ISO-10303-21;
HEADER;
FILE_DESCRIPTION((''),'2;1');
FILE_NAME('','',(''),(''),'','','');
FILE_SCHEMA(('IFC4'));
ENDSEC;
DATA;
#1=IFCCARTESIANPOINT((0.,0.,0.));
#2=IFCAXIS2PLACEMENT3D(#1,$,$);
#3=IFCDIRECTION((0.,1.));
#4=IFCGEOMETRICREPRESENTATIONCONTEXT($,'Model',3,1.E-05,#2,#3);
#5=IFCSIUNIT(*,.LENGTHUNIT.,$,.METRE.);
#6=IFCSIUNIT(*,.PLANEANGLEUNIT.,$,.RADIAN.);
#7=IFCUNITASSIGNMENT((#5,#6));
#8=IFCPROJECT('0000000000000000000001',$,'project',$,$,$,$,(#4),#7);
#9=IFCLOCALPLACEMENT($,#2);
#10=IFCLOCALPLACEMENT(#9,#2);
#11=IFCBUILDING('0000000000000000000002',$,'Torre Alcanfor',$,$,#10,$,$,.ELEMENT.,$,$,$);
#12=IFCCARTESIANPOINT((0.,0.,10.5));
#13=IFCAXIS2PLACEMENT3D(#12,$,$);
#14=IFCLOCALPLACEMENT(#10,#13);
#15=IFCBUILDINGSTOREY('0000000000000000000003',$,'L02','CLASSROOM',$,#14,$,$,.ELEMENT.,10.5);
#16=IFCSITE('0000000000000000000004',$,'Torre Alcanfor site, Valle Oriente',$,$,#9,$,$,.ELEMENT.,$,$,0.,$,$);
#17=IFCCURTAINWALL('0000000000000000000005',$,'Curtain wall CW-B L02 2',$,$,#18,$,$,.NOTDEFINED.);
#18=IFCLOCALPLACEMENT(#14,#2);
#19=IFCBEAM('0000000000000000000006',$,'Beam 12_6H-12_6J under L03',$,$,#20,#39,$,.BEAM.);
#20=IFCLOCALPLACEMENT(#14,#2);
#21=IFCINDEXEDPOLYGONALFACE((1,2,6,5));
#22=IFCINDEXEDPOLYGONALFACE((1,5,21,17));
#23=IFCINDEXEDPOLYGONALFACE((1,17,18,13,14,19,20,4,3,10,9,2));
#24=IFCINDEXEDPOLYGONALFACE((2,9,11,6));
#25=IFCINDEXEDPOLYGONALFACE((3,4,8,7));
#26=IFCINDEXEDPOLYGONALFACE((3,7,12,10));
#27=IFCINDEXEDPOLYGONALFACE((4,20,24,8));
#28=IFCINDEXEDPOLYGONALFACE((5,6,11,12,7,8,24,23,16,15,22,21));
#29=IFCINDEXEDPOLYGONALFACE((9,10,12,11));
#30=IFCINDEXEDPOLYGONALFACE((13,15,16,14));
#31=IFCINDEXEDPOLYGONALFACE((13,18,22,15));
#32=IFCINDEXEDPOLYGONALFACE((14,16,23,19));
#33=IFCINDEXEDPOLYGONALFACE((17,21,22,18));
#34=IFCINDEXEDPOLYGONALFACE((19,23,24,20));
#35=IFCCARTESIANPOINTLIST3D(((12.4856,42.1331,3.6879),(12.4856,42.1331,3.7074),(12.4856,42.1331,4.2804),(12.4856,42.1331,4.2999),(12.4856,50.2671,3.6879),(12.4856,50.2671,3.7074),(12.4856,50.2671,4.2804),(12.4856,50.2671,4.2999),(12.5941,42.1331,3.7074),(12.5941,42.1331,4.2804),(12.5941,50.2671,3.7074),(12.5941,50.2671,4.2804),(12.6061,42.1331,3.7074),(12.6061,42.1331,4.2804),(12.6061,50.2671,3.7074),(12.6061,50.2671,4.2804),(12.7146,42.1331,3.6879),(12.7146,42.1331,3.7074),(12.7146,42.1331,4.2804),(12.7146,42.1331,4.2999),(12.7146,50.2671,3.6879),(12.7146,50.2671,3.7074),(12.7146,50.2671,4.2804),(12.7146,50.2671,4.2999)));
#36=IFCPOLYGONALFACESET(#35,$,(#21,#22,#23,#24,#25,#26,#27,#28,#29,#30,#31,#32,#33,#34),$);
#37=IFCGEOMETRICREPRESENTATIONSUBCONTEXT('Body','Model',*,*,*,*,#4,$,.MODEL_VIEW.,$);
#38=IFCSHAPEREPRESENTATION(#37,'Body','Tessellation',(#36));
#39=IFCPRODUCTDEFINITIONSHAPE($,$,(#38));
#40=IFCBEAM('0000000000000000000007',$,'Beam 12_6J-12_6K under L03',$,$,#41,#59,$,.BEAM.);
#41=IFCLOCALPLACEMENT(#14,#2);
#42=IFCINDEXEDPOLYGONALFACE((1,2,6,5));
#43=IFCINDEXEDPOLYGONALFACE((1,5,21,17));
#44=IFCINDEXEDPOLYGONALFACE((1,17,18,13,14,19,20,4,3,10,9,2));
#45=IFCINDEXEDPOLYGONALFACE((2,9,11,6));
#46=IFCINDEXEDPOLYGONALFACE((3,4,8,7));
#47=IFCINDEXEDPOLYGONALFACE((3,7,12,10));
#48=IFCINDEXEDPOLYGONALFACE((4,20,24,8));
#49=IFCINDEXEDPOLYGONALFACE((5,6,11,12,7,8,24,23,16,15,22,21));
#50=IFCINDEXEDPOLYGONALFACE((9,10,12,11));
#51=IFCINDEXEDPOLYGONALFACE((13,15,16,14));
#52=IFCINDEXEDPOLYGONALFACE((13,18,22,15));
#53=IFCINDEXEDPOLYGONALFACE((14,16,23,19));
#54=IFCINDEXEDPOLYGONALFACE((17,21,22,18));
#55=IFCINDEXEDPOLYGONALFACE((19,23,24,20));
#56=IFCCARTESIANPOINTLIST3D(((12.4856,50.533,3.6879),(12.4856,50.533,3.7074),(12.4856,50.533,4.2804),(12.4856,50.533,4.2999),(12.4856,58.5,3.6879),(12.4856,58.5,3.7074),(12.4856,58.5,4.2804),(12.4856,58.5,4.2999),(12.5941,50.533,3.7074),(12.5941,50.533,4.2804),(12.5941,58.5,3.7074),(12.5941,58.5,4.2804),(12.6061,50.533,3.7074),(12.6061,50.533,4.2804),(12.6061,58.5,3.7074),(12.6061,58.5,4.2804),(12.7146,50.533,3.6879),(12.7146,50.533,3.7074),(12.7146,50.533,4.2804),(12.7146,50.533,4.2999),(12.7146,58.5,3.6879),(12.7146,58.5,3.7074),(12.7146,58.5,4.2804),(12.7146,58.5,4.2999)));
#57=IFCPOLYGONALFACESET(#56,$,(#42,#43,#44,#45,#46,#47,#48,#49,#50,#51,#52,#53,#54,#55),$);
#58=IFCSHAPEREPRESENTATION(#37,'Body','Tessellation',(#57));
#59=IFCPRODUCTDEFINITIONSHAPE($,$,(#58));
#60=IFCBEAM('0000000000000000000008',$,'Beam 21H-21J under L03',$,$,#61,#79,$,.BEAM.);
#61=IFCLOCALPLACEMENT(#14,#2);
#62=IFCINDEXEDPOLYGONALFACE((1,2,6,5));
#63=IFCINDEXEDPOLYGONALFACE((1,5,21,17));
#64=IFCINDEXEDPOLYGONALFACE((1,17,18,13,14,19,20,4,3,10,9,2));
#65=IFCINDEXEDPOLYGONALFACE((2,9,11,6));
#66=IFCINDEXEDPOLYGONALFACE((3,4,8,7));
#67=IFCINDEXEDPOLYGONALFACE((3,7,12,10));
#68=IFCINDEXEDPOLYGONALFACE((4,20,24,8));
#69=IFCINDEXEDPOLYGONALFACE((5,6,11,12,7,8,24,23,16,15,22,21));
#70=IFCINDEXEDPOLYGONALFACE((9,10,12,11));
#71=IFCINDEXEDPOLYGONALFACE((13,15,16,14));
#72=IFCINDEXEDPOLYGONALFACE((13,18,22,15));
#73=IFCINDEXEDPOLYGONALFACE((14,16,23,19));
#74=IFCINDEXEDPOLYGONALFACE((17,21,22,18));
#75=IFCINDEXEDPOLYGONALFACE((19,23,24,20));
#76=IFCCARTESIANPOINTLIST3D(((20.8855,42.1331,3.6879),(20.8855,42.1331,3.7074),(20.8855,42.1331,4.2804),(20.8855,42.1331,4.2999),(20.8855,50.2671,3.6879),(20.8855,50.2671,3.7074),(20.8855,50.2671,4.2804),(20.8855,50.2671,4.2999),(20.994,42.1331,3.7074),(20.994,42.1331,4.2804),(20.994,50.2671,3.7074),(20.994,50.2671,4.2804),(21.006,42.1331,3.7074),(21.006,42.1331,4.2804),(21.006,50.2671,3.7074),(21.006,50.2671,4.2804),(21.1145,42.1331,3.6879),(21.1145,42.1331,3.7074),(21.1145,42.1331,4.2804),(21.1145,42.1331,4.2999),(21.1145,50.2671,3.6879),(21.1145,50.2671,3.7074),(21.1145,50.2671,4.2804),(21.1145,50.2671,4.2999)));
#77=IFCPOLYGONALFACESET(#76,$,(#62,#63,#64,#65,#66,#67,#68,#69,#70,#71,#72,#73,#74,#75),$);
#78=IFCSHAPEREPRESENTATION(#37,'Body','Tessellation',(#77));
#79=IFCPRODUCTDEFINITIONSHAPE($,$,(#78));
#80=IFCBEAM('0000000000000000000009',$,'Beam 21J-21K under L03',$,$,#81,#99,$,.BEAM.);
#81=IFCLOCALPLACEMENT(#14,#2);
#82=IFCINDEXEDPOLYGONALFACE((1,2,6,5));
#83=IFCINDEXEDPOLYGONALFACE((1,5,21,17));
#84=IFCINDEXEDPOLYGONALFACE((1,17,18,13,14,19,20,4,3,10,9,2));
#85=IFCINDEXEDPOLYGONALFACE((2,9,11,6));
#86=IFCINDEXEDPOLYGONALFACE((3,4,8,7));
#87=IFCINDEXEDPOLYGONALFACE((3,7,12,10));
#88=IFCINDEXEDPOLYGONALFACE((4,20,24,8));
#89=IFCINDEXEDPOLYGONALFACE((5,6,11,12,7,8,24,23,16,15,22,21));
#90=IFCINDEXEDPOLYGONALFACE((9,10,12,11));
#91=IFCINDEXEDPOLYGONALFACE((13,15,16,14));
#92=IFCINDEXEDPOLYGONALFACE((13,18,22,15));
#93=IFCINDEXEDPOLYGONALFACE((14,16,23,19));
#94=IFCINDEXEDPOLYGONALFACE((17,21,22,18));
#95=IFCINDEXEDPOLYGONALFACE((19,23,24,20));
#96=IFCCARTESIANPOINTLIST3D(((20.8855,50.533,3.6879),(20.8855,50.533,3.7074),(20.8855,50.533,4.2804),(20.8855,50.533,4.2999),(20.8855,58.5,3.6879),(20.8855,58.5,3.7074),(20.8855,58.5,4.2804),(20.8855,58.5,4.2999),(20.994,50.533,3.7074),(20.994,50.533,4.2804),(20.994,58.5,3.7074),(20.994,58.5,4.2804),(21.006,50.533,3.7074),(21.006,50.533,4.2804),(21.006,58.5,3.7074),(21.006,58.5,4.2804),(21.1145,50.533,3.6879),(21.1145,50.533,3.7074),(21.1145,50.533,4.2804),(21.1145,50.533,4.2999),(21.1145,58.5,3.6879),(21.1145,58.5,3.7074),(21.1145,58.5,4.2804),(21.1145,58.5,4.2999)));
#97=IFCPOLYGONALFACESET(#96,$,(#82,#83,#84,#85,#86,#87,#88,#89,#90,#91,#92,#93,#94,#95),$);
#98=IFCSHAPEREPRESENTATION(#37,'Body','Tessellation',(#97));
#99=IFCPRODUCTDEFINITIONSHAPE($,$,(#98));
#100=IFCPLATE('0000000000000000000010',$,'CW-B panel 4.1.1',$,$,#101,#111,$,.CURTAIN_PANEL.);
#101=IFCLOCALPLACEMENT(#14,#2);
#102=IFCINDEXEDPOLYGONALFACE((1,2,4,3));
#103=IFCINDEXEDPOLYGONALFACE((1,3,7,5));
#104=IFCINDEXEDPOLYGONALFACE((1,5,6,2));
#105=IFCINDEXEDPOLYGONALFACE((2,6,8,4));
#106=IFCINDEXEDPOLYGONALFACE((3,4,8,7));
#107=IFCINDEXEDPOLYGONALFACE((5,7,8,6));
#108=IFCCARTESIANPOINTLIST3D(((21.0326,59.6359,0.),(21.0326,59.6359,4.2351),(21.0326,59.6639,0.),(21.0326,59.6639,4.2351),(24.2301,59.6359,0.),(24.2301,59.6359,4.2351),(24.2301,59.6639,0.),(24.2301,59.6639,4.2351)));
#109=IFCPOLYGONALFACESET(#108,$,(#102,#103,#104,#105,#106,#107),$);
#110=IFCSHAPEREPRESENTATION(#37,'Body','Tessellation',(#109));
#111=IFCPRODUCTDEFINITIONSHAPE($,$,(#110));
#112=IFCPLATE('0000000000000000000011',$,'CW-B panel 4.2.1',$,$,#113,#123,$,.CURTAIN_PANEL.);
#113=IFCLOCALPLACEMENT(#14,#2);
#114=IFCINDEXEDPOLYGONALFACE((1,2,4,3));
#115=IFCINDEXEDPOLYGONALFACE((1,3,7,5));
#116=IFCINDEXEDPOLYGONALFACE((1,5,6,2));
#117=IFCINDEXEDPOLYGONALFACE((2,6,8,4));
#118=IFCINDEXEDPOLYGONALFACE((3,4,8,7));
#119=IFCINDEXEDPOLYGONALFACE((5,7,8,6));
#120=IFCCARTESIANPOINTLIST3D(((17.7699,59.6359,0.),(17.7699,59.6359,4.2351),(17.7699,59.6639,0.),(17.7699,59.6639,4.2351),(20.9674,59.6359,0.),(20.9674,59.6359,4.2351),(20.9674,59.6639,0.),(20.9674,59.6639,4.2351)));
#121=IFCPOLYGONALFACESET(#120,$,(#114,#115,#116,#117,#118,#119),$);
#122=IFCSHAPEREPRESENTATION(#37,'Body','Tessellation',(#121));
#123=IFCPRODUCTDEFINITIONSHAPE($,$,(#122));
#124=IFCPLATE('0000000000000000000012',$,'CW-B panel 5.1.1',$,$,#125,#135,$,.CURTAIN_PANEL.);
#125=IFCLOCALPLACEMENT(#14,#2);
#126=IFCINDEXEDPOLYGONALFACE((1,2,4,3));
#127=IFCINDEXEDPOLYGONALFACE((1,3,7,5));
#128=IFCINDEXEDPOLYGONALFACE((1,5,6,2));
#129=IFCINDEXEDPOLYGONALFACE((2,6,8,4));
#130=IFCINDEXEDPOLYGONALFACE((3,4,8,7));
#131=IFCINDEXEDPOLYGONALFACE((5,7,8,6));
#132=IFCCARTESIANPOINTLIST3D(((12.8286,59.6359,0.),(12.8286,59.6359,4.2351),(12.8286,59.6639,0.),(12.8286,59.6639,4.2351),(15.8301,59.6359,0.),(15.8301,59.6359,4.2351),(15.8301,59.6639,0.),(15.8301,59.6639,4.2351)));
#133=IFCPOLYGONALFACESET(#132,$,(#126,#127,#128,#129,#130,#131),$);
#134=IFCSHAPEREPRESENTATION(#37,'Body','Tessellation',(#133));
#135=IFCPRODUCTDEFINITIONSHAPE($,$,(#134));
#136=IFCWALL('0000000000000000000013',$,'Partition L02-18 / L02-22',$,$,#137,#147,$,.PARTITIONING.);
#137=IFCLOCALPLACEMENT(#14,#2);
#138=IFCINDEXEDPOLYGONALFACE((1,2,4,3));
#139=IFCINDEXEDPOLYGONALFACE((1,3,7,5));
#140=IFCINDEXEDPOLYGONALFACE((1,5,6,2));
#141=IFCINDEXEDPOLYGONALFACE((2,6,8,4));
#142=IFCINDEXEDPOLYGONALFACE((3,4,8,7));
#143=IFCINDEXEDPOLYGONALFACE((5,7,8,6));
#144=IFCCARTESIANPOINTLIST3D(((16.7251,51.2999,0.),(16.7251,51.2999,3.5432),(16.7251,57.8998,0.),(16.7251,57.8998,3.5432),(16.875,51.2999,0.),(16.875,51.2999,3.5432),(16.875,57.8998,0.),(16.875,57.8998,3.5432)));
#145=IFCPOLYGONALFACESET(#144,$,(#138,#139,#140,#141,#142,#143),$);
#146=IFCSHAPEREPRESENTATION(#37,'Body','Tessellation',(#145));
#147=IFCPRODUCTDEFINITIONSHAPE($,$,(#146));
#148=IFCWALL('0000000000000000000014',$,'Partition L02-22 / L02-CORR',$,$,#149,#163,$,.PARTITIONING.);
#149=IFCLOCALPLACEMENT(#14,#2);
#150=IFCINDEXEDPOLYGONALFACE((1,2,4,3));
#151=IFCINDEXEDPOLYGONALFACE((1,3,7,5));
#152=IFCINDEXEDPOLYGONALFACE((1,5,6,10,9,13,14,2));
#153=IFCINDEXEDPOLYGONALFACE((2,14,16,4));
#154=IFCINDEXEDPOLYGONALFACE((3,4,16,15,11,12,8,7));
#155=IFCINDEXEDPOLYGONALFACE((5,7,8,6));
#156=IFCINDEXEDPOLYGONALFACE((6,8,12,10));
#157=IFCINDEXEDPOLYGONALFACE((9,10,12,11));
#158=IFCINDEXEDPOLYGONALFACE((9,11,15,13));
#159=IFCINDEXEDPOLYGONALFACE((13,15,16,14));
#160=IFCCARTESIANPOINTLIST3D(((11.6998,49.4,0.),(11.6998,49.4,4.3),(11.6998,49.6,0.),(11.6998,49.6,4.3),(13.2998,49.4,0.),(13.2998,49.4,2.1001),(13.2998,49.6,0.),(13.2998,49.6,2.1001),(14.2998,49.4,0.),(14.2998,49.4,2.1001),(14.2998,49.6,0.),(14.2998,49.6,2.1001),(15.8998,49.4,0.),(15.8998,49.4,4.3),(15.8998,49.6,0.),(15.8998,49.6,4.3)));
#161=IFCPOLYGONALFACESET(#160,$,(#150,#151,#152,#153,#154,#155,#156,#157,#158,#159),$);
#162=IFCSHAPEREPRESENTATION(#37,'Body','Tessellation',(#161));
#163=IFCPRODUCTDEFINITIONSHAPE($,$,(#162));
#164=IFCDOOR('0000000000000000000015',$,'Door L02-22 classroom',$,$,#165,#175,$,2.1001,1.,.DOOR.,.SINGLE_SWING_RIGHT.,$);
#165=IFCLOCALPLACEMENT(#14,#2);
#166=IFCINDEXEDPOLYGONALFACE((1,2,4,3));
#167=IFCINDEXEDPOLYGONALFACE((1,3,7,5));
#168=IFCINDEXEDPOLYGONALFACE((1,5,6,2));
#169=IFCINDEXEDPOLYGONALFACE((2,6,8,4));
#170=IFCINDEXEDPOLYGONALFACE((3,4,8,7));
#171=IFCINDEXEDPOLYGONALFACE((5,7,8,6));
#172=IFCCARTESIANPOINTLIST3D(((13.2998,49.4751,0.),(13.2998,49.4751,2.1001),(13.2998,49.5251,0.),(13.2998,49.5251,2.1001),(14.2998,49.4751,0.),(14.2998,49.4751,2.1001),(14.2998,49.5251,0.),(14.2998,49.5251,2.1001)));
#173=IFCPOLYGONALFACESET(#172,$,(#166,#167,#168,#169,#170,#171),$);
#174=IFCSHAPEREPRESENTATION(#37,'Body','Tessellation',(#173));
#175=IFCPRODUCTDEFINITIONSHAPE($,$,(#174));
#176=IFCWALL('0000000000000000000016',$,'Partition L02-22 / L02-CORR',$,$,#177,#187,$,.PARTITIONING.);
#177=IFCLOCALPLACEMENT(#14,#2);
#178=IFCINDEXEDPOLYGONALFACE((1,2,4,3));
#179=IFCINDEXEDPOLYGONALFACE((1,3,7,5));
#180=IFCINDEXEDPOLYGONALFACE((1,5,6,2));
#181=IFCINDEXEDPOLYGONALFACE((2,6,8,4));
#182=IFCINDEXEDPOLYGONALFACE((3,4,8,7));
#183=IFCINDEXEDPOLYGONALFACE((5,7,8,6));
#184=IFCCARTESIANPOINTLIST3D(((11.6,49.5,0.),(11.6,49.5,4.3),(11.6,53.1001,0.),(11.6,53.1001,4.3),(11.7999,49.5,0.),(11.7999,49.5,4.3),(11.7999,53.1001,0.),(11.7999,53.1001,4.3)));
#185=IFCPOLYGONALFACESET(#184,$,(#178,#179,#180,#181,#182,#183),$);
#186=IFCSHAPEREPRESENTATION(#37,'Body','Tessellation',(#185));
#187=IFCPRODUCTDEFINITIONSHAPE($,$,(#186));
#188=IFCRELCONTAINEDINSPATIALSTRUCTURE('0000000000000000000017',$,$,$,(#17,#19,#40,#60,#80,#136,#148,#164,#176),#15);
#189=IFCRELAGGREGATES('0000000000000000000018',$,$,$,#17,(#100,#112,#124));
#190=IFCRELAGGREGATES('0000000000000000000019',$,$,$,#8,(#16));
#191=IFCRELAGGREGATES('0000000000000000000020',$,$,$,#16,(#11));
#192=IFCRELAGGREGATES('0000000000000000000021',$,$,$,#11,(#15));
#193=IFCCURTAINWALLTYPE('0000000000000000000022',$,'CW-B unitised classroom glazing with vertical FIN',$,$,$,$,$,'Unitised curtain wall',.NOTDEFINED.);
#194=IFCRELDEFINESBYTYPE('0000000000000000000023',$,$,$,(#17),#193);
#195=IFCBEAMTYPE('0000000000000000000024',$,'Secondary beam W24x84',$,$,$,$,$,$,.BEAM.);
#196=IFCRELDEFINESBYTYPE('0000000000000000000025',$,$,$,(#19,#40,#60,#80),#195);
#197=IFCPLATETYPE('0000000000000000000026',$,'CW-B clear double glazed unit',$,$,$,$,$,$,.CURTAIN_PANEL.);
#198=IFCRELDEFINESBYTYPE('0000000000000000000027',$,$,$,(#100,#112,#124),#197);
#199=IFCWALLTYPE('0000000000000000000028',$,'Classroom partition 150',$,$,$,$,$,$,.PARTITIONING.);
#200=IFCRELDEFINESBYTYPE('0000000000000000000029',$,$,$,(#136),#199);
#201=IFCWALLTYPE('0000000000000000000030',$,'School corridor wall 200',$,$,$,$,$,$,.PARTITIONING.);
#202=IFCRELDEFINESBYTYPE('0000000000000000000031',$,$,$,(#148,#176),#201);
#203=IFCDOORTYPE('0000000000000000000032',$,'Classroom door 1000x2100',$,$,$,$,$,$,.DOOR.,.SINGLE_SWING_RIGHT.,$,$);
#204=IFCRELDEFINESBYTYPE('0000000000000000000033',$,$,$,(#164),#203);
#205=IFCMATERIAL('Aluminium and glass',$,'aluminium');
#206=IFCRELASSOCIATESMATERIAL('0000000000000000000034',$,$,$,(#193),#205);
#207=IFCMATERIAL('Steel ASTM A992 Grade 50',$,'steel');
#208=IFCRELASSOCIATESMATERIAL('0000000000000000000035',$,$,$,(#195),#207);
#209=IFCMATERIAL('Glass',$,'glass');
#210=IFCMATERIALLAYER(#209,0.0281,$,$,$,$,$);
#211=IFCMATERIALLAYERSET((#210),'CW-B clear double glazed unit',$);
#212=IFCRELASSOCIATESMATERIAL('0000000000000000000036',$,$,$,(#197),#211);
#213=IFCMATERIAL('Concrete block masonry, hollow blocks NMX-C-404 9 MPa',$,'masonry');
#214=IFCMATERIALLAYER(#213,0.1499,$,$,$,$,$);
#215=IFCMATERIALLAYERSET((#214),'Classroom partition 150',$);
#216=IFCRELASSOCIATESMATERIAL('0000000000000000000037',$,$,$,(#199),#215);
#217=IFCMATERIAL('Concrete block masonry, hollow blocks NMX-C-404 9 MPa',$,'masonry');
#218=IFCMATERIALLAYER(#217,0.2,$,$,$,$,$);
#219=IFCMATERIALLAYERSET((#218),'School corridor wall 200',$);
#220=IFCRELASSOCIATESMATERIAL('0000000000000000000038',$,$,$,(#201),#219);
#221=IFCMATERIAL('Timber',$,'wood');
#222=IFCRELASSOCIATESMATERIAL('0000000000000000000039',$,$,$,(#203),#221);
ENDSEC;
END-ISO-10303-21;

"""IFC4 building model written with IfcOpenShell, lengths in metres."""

from ifc_helpers import new_model, si_unit, direction, frame, frame_2d, origin, origin_2d, place, context, subcontext, project, spatial, rectangle, i_section, extrude, material, layer, layer_set, material_profile, profile_set, type_object, element, fill, aggregate, save


model = new_model("IFC4")

# Units and contexts
model_context = context("Model", 3, precision=1e-05, world=origin(), true_north=direction((0.0, 1.0)))
body_context = subcontext(model_context, "Body", "Model", "MODEL_VIEW")
ifc_project = project(units=[si_unit("LENGTHUNIT", "METRE"), si_unit("PLANEANGLEUNIT", "RADIAN")], contexts=[model_context])

# Site, building, storey
site_placement = place(None, origin())
site = spatial("IfcSite", under=ifc_project, at=site_placement, Name="Torre Alcanfor site, Valle Oriente", CompositionType="ELEMENT", RefElevation=0.0)
building_placement = place(site_placement, origin())
building = spatial("IfcBuilding", under=site, at=building_placement, Name="Torre Alcanfor", CompositionType="ELEMENT")
storey_placement = place(building_placement, frame((0.0, 0.0, 10.5)))
storey = spatial("IfcBuildingStorey", under=building, at=storey_placement, Name="L02", Description="CLASSROOM", CompositionType="ELEMENT", Elevation=10.5)

# Curtain wall
ifc_material_1 = material(Name="Aluminium and glass", Category="aluminium")
curtain_wall_type = type_object("IfcCurtainWallType", Name="CW-B unitised classroom glazing with vertical FIN", ElementType="Unitised curtain wall", PredefinedType="NOTDEFINED", material=ifc_material_1)
curtain_wall_placement = place(storey_placement, origin())
curtain_wall = element("IfcCurtainWall", 1, at=curtain_wall_placement, inside=storey, type_object=curtain_wall_type, Name="Curtain wall CW-B L02 2", PredefinedType="NOTDEFINED")

# Beams
ifc_material_2 = material(Name="Steel ASTM A992 Grade 50", Category="steel")
ifc_material_profile_1 = material_profile(ifc_material_2, i_section(OverallWidth=0.229, OverallDepth=0.6121, WebThickness=0.012, FlangeThickness=0.0195, at=origin_2d()), Name="W24x84")
ifc_profile_set_1 = profile_set([ifc_material_profile_1], Name="Steel ASTM A992 Grade 50")
beam_type_1 = type_object("IfcBeamType", Name="Secondary beam W24x84", PredefinedType="BEAM", material=ifc_profile_set_1)
beam_1_placement = place(storey_placement, frame((12.6001, 42.1331, 3.9939), z_axis=(0.0, 1.0, 0.0), x_axis=(-1.0, 0.0, 0.0)))
element("IfcBeam", 2, at=beam_1_placement, inside=storey, type_object=beam_type_1, Name="Beam 12_6H-12_6J under L03", PredefinedType="BEAM", context=body_context, shape_type="SweptSolid", body=[
    extrude(i_section(OverallWidth=0.229, OverallDepth=0.6121, WebThickness=0.012, FlangeThickness=0.0195, at=origin_2d()), origin(), (0.0, 0.0, 1.0), 8.134),
])
beam_2_placement = place(storey_placement, frame((12.6001, 50.533, 3.9939), z_axis=(0.0, 1.0, 0.0), x_axis=(-1.0, 0.0, 0.0)))
element("IfcBeam", 3, at=beam_2_placement, inside=storey, type_object=beam_type_1, Name="Beam 12_6J-12_6K under L03", PredefinedType="BEAM", context=body_context, shape_type="SweptSolid", body=[
    extrude(i_section(OverallWidth=0.229, OverallDepth=0.6121, WebThickness=0.012, FlangeThickness=0.0195, at=origin_2d()), origin(), (0.0, 0.0, 1.0), 7.967),
])
beam_3_placement = place(storey_placement, frame((21.0, 42.1331, 3.9939), z_axis=(0.0, 1.0, 0.0), x_axis=(-1.0, 0.0, 0.0)))
element("IfcBeam", 4, at=beam_3_placement, inside=storey, type_object=beam_type_1, Name="Beam 21H-21J under L03", PredefinedType="BEAM", context=body_context, shape_type="SweptSolid", body=[
    extrude(i_section(OverallWidth=0.229, OverallDepth=0.6121, WebThickness=0.012, FlangeThickness=0.0195, at=origin_2d()), origin(), (0.0, 0.0, 1.0), 8.134),
])
beam_4_placement = place(storey_placement, frame((21.0, 50.533, 3.9939), z_axis=(0.0, 1.0, 0.0), x_axis=(-1.0, 0.0, 0.0)))
element("IfcBeam", 5, at=beam_4_placement, inside=storey, type_object=beam_type_1, Name="Beam 21J-21K under L03", PredefinedType="BEAM", context=body_context, shape_type="SweptSolid", body=[
    extrude(i_section(OverallWidth=0.229, OverallDepth=0.6121, WebThickness=0.012, FlangeThickness=0.0195, at=origin_2d()), origin(), (0.0, 0.0, 1.0), 7.967),
])

# Plates
ifc_material_3 = material(Name="Glass", Category="glass")
ifc_layer_1 = layer(ifc_material_3, 0.0281)
ifc_layer_set_1 = layer_set([ifc_layer_1], Name="CW-B clear double glazed unit")
plate_type = type_object("IfcPlateType", Name="CW-B clear double glazed unit", PredefinedType="CURTAIN_PANEL", material=ifc_layer_set_1)
plate_1_placement = place(storey_placement, frame((22.6313, 59.6499, 0.0), z_axis=(0.0, 0.0, 1.0), x_axis=(-1.0, 0.0, 0.0)))
plate_1 = element("IfcPlate", 6, at=plate_1_placement, type_object=plate_type, Name="CW-B panel 4.1.1", PredefinedType="CURTAIN_PANEL", context=body_context, shape_type="SweptSolid", body=[
    extrude(rectangle(XDim=3.1975, YDim=0.0281, at=origin_2d()), origin(), (0.0, 0.0, 1.0), 4.2351),
])
plate_2_placement = place(storey_placement, frame((19.3687, 59.6499, 0.0), z_axis=(0.0, 0.0, 1.0), x_axis=(-1.0, 0.0, 0.0)))
plate_2 = element("IfcPlate", 7, at=plate_2_placement, type_object=plate_type, Name="CW-B panel 4.2.1", PredefinedType="CURTAIN_PANEL", context=body_context, shape_type="SweptSolid", body=[
    extrude(rectangle(XDim=3.1975, YDim=0.0281, at=origin_2d()), origin(), (0.0, 0.0, 1.0), 4.2351),
])
plate_3_placement = place(storey_placement, frame((14.3293, 59.6499, 0.0), z_axis=(0.0, 0.0, 1.0), x_axis=(-1.0, 0.0, 0.0)))
plate_3 = element("IfcPlate", 8, at=plate_3_placement, type_object=plate_type, Name="CW-B panel 5.1.1", PredefinedType="CURTAIN_PANEL", context=body_context, shape_type="SweptSolid", body=[
    extrude(rectangle(XDim=3.0015, YDim=0.0281, at=origin_2d()), origin(), (0.0, 0.0, 1.0), 4.2351),
])
aggregate(curtain_wall, [plate_1, plate_2, plate_3])

# Wall
ifc_material_4 = material(Name="Concrete block masonry, hollow blocks NMX-C-404 9 MPa", Category="masonry")
ifc_layer_2 = layer(ifc_material_4, 0.1499)
ifc_layer_set_2 = layer_set([ifc_layer_2], Name="Classroom partition 150")
wall_type_1 = type_object("IfcWallType", Name="Classroom partition 150", PredefinedType="PARTITIONING", material=ifc_layer_set_2)
wall_1_placement = place(storey_placement, frame((16.8, 51.3, 0.0), z_axis=(0.0, 0.0, 1.0), x_axis=(0.0, 1.0, 0.0)))
element("IfcWall", 9, at=wall_1_placement, inside=storey, type_object=wall_type_1, Name="Partition L02-18 / L02-22", PredefinedType="PARTITIONING", context=body_context, shape_type="SweptSolid", body=[
    extrude(rectangle(XDim=6.5999, YDim=0.1499, at=frame_2d((3.2998, 0.0))), origin(), (0.0, 0.0, 1.0), 3.5432),
])

# Wall, opening, door
ifc_material_5 = material(Name="Concrete block masonry, hollow blocks NMX-C-404 9 MPa", Category="masonry")
ifc_layer_3 = layer(ifc_material_5, 0.2)
ifc_layer_set_3 = layer_set([ifc_layer_3], Name="School corridor wall 200")
wall_type_2 = type_object("IfcWallType", Name="School corridor wall 200", PredefinedType="PARTITIONING", material=ifc_layer_set_3)
wall_2_placement = place(storey_placement, frame((15.8999, 49.5, 0.0), z_axis=(0.0, 0.0, 1.0), x_axis=(-1.0, 0.0, 0.0)))
wall_2 = element("IfcWall", 10, at=wall_2_placement, inside=storey, type_object=wall_type_2, Name="Partition L02-22 / L02-CORR", PredefinedType="PARTITIONING", context=body_context, shape_type="SweptSolid", body=[
    extrude(rectangle(XDim=4.2, YDim=0.2, at=frame_2d((2.1001, 0.0))), origin(), (0.0, 0.0, 1.0), 4.3),
])
opening_placement = place(wall_2_placement, frame((1.6001, 0.0, 0.0)))
opening = element("IfcOpeningElement", 11, at=opening_placement, cuts=wall_2, PredefinedType="OPENING", context=body_context, shape_type="SweptSolid", body=[
    extrude(rectangle(XDim=1.0, YDim=2.1001, at=frame_2d((0.5, 1.05))), frame((0.0, 0.1099, 0.0), z_axis=(0.0, -1.0, 0.0), x_axis=(1.0, 0.0, 0.0)), (0.0, 0.0, 1.0), 0.22),
])
ifc_material_6 = material(Name="Timber", Category="wood")
door_type = type_object("IfcDoorType", Name="Classroom door 1000x2100", OperationType="SINGLE_SWING_RIGHT", PredefinedType="DOOR", material=ifc_material_6)
door_placement = place(opening_placement, frame((1.0, 0.0, 0.0), z_axis=(0.0, 0.0, 1.0), x_axis=(-1.0, 0.0, 0.0)))
door = element("IfcDoor", 12, at=door_placement, inside=storey, type_object=door_type, Name="Door L02-22 classroom", OperationType="SINGLE_SWING_RIGHT", OverallHeight=2.1001, OverallWidth=1.0, PredefinedType="DOOR", context=body_context, shape_type="SweptSolid", body=[
    extrude(rectangle(XDim=1.0, YDim=2.1001, at=frame_2d((0.5, 1.05))), frame((0.0, 0.0251, 0.0), z_axis=(0.0, -1.0, 0.0), x_axis=(1.0, 0.0, 0.0)), (0.0, 0.0, 1.0), 0.05),
])
fill(opening, door)

# Wall
wall_3_placement = place(storey_placement, frame((11.7, 49.5, 0.0), z_axis=(0.0, 0.0, 1.0), x_axis=(0.0, 1.0, 0.0)))
element("IfcWall", 13, at=wall_3_placement, inside=storey, type_object=wall_type_2, Name="Partition L02-22 / L02-CORR", PredefinedType="PARTITIONING", context=body_context, shape_type="SweptSolid", body=[
    extrude(rectangle(XDim=3.6001, YDim=0.2, at=frame_2d((1.8, 0.0))), origin(), (0.0, 0.0, 1.0), 4.3),
])

save(model, "model.ifc")
